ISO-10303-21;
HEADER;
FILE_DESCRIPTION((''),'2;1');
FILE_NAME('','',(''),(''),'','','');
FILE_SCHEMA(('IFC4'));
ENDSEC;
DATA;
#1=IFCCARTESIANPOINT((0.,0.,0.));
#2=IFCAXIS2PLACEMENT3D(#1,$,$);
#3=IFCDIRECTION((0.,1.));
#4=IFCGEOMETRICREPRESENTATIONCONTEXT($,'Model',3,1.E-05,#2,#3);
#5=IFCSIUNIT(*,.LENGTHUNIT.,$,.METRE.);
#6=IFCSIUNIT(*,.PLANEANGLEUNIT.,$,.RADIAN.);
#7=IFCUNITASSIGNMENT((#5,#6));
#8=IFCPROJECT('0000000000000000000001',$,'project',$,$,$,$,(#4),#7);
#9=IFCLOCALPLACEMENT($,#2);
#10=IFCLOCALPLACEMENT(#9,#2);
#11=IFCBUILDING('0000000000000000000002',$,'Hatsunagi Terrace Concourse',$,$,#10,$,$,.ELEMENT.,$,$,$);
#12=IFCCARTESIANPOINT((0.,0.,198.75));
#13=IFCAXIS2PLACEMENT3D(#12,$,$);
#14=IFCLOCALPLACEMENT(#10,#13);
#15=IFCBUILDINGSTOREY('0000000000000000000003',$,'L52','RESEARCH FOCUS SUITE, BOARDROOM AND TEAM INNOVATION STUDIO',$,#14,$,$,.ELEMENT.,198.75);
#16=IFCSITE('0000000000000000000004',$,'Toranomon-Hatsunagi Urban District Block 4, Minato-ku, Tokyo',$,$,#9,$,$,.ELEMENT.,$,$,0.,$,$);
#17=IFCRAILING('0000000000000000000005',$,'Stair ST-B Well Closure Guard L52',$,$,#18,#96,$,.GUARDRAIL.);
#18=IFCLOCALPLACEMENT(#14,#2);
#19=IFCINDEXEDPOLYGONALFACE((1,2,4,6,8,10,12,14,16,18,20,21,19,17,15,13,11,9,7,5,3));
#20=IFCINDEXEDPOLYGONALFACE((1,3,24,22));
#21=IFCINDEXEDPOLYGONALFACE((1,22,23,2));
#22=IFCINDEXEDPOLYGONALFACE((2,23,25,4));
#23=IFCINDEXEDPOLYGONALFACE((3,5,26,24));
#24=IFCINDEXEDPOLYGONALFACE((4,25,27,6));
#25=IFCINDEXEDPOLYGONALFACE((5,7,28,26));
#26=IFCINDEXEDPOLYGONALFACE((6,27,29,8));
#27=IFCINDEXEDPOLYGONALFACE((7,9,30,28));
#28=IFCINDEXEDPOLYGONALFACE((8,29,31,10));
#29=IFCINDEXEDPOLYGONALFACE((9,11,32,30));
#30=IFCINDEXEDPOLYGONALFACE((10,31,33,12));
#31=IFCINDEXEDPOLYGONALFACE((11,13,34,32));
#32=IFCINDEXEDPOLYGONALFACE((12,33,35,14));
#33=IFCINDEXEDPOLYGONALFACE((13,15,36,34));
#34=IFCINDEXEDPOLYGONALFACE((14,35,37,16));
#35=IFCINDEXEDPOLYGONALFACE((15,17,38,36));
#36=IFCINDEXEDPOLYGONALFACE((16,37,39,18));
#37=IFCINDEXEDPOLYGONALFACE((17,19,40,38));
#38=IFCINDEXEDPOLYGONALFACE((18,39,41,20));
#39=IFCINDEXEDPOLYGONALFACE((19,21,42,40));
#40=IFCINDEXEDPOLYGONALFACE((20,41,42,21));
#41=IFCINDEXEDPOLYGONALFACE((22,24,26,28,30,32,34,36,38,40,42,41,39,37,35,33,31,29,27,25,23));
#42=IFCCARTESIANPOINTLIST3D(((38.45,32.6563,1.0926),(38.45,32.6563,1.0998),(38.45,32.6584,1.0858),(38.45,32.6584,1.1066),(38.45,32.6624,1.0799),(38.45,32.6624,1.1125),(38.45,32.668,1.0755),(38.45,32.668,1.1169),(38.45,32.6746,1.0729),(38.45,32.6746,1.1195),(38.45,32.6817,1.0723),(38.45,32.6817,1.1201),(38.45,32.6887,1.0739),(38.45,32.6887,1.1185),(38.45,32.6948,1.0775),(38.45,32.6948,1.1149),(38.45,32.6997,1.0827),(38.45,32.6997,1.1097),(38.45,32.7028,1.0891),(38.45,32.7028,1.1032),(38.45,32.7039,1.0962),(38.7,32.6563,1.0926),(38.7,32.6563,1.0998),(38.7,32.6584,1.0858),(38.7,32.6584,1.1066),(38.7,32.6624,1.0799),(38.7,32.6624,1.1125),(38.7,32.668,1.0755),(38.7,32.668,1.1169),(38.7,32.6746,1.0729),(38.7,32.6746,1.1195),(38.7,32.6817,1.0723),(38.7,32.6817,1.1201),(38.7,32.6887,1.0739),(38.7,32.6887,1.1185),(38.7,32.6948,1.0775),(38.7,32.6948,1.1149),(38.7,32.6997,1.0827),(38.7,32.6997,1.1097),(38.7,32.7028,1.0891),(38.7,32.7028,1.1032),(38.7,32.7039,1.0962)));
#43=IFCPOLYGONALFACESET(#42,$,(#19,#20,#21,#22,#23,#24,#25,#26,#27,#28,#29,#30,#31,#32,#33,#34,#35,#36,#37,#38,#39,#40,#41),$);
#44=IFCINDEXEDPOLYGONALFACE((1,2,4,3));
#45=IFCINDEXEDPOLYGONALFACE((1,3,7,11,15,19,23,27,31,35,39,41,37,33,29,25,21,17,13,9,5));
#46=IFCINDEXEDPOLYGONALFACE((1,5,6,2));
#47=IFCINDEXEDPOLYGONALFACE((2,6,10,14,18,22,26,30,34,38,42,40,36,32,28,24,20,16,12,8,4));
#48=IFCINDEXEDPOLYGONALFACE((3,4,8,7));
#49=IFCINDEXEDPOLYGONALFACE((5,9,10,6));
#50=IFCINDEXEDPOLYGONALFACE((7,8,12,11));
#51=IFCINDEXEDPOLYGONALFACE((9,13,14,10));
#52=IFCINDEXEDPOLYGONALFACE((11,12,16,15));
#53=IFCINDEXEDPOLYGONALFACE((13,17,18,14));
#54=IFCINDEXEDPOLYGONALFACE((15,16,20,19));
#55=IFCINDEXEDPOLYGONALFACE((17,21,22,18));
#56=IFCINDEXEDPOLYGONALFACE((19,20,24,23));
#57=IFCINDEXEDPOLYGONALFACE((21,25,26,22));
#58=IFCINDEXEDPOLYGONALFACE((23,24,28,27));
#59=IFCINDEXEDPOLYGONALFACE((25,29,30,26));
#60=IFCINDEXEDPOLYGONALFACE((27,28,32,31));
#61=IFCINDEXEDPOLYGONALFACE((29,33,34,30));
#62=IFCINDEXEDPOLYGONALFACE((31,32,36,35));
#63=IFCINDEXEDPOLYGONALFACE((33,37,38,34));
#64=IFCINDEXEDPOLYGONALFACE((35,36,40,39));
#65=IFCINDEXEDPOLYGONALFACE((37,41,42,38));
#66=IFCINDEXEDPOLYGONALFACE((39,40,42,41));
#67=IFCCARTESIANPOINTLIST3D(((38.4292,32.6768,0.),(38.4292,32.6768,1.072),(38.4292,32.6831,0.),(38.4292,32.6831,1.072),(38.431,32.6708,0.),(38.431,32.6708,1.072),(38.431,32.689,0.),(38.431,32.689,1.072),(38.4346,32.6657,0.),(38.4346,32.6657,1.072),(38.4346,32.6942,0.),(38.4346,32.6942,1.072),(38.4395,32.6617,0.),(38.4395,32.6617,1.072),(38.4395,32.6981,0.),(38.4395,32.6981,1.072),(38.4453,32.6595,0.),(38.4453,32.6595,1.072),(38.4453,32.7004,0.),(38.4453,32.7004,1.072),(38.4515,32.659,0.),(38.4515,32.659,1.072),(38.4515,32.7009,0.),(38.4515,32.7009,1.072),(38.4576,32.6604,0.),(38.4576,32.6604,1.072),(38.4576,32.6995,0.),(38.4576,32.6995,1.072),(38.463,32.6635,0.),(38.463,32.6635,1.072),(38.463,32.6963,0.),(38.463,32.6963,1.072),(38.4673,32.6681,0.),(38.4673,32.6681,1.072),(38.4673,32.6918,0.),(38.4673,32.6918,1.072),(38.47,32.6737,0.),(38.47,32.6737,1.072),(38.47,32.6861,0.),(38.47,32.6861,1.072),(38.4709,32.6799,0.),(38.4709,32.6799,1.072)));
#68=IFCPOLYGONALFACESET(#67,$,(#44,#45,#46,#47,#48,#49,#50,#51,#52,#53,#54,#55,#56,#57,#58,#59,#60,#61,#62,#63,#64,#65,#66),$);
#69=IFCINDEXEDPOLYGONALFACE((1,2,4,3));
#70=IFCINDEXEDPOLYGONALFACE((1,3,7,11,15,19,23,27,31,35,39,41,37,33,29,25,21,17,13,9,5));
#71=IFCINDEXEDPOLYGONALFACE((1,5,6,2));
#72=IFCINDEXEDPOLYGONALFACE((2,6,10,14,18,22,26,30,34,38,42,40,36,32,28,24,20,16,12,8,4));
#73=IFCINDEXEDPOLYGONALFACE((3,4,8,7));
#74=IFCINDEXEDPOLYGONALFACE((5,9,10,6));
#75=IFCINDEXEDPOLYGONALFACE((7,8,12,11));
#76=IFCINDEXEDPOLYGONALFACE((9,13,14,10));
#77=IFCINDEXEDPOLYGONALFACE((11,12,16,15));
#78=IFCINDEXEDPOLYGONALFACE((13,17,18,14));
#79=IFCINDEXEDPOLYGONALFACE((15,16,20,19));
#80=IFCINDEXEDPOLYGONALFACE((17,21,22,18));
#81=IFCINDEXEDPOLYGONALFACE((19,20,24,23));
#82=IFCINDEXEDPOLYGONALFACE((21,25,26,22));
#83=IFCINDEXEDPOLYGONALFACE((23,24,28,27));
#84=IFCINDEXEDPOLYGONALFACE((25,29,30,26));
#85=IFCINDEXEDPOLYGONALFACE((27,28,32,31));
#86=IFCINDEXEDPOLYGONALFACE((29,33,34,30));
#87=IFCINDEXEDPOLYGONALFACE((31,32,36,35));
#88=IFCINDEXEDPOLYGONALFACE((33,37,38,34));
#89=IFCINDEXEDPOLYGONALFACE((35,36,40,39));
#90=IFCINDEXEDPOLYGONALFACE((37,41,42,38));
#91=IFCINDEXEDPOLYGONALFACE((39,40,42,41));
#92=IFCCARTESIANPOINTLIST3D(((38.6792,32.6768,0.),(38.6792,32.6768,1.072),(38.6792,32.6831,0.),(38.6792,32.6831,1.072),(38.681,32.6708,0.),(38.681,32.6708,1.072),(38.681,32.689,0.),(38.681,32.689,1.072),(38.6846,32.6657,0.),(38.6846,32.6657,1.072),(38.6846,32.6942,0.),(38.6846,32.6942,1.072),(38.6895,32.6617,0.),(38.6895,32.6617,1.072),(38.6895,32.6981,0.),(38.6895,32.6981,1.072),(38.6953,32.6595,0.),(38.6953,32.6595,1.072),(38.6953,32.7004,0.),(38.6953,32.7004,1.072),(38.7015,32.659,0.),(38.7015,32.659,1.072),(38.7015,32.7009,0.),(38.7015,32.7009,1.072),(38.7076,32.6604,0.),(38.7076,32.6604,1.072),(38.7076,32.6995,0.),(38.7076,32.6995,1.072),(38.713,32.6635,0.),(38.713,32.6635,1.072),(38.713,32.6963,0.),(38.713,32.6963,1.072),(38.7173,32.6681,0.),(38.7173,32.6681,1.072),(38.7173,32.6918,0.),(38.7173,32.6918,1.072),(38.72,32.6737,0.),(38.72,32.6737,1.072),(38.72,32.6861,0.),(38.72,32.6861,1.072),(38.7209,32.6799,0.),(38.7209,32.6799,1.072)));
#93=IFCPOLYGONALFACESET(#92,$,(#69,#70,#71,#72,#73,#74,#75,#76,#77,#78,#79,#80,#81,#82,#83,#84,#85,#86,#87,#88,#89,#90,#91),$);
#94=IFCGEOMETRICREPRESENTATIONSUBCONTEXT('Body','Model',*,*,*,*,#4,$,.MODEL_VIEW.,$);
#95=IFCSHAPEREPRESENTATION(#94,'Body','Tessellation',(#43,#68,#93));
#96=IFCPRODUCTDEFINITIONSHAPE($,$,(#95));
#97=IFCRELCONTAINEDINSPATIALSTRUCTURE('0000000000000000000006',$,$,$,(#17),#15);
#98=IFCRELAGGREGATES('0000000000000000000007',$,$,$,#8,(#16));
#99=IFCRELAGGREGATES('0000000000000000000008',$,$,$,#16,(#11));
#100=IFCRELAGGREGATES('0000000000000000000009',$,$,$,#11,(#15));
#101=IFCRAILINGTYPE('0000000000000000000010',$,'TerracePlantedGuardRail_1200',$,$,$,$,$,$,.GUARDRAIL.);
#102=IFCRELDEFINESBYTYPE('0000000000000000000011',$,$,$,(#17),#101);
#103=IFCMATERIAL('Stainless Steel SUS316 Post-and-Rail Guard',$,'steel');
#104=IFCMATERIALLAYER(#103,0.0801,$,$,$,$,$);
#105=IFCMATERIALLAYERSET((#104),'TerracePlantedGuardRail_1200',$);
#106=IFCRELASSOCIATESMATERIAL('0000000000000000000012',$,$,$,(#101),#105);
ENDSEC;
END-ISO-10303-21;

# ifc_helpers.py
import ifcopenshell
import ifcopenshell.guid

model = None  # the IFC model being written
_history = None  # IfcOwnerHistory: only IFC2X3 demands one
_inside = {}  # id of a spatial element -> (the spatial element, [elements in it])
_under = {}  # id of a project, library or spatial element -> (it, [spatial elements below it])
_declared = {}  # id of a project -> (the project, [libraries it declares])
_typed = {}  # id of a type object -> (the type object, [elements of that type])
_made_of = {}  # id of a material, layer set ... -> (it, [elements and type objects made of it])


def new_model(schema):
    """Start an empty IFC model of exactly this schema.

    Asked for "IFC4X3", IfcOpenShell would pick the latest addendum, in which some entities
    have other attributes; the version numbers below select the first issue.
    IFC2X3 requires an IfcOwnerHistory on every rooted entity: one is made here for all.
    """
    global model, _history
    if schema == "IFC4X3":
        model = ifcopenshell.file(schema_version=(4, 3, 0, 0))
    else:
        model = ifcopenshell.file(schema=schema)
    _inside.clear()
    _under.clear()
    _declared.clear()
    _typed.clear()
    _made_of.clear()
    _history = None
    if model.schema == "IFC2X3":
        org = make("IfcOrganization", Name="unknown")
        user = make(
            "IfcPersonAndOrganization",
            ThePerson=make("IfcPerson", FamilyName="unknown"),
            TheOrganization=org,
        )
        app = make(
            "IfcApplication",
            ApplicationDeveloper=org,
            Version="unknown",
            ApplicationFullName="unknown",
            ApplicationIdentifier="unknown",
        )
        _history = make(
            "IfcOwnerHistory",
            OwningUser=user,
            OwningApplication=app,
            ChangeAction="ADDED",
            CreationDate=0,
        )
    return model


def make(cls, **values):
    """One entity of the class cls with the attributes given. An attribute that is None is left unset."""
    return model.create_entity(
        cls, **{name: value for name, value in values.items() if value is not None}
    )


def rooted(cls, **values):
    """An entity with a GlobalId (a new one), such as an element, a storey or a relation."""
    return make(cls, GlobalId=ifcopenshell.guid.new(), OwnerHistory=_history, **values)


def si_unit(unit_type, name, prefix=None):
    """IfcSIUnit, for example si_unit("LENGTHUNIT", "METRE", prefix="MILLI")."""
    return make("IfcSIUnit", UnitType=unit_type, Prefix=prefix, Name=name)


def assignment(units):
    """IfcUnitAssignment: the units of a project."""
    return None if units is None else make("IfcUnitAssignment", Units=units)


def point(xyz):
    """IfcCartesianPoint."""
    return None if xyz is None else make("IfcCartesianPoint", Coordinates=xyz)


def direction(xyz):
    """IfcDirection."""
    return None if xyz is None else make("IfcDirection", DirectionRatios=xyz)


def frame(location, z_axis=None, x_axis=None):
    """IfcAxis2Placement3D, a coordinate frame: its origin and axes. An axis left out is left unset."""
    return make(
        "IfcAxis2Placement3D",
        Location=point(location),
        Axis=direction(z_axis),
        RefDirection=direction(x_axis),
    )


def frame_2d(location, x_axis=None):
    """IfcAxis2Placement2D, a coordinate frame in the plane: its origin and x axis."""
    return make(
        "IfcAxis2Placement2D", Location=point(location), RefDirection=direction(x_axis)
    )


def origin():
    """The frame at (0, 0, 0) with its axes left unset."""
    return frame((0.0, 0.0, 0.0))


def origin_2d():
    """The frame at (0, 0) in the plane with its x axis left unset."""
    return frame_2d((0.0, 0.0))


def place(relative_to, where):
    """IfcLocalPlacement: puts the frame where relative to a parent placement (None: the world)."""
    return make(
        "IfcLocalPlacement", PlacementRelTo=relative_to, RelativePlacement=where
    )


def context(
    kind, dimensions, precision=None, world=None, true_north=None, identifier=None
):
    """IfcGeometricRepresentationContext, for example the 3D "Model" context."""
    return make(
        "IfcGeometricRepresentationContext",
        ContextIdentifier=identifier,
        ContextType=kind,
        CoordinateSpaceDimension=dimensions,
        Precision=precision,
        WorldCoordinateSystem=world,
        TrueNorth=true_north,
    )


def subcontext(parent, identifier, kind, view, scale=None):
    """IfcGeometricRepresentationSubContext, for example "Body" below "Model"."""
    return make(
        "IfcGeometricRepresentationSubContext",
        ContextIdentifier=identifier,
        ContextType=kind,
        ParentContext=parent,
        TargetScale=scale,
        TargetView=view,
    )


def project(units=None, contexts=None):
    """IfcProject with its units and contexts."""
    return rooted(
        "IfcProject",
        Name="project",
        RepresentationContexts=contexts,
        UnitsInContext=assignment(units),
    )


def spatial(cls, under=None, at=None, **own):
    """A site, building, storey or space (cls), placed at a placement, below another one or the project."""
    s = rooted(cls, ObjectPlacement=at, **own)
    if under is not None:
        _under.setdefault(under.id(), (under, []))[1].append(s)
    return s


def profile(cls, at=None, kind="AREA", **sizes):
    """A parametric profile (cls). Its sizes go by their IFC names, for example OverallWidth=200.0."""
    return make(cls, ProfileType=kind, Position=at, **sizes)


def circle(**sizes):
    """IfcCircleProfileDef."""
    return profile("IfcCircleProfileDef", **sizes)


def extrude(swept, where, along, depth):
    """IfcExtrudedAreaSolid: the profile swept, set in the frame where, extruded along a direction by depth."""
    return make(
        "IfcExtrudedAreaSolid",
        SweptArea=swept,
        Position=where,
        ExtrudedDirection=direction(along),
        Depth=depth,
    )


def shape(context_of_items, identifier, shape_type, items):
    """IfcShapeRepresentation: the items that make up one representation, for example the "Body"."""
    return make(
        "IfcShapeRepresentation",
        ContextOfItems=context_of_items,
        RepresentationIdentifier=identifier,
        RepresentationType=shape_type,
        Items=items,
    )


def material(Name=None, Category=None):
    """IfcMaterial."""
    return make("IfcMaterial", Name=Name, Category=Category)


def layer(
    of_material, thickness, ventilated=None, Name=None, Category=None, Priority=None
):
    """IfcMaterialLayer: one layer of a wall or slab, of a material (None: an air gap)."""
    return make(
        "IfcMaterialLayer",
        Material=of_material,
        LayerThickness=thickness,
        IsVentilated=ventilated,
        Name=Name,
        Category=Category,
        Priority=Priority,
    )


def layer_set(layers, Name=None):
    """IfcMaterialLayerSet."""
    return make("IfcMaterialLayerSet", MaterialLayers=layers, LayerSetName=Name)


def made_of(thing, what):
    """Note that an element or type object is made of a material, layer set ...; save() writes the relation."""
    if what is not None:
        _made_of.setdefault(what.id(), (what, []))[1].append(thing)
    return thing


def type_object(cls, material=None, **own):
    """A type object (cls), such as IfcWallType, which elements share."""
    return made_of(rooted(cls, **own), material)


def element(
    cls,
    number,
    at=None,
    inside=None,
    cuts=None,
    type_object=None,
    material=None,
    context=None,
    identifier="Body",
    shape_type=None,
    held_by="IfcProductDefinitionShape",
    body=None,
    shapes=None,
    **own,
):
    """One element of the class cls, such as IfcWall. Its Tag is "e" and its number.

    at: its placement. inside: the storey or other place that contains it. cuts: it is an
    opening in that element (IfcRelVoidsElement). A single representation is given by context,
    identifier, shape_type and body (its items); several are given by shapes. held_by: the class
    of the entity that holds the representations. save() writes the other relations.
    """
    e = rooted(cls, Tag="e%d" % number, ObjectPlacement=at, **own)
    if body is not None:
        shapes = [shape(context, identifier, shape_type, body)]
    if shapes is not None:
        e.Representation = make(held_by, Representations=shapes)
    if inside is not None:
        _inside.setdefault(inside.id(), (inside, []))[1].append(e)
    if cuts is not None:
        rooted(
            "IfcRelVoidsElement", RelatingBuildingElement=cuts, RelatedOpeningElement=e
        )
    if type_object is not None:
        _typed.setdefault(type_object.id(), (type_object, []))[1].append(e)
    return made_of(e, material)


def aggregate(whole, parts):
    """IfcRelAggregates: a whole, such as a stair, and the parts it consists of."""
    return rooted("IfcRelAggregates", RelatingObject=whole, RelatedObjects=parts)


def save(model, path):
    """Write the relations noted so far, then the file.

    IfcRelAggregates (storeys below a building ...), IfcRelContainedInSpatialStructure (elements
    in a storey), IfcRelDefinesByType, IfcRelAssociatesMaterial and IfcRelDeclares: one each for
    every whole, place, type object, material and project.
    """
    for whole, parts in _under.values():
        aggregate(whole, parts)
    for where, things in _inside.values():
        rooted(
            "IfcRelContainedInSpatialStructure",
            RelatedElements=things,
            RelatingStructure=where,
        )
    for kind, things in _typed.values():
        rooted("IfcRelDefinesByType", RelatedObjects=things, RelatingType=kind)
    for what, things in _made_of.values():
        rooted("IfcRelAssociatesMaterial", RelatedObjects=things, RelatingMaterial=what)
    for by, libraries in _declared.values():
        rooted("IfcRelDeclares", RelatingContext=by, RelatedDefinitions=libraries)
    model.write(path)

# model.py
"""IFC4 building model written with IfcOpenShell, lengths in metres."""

from ifc_helpers import new_model, si_unit, direction, frame, origin, origin_2d, place, context, subcontext, project, spatial, circle, extrude, material, layer, layer_set, type_object, element, save


model = new_model("IFC4")

# Units and contexts
model_context = context("Model", 3, precision=1e-05, world=origin(), true_north=direction((0.0, 1.0)))
body_context = subcontext(model_context, "Body", "Model", "MODEL_VIEW")
ifc_project = project(units=[si_unit("LENGTHUNIT", "METRE"), si_unit("PLANEANGLEUNIT", "RADIAN")], contexts=[model_context])

# Site, building, storey
site_placement = place(None, origin())
site = spatial("IfcSite", under=ifc_project, at=site_placement, Name="Toranomon-Hatsunagi Urban District Block 4, Minato-ku, Tokyo", CompositionType="ELEMENT", RefElevation=0.0)
building_placement = place(site_placement, origin())
building = spatial("IfcBuilding", under=site, at=building_placement, Name="Hatsunagi Terrace Concourse", CompositionType="ELEMENT")
storey_placement = place(building_placement, frame((0.0, 0.0, 198.75)))
storey = spatial("IfcBuildingStorey", under=building, at=storey_placement, Name="L52", Description="RESEARCH FOCUS SUITE, BOARDROOM AND TEAM INNOVATION STUDIO", CompositionType="ELEMENT", Elevation=198.75)

# Railing
ifc_material_1 = material(Name="Stainless Steel SUS316 Post-and-Rail Guard", Category="steel")
ifc_layer_1 = layer(ifc_material_1, 0.0801)
ifc_layer_set_1 = layer_set([ifc_layer_1], Name="TerracePlantedGuardRail_1200")
railing_type_1 = type_object("IfcRailingType", Name="TerracePlantedGuardRail_1200", PredefinedType="GUARDRAIL", material=ifc_layer_set_1)
railing_1_placement = place(storey_placement, frame((38.45, 32.6799, 0.0)))
element("IfcRailing", 1, at=railing_1_placement, inside=storey, type_object=railing_type_1, Name="Stair ST-B Well Closure Guard L52", PredefinedType="GUARDRAIL", context=body_context, shape_type="SweptSolid", body=[
    extrude(circle(Radius=0.0239, at=origin_2d()), frame((0.0, 0.0, 1.0962), z_axis=(1.0, 0.0, 0.0), x_axis=(0.0, 1.0, 0.0)), (0.0, 0.0, 1.0), 0.25),
    extrude(circle(Radius=0.021, at=origin_2d()), origin(), (0.0, 0.0, 1.0), 1.072),
    extrude(circle(Radius=0.021, at=origin_2d()), frame((0.25, 0.0, 0.0)), (0.0, 0.0, 1.0), 1.072),
])

save(model, "model.ifc")
